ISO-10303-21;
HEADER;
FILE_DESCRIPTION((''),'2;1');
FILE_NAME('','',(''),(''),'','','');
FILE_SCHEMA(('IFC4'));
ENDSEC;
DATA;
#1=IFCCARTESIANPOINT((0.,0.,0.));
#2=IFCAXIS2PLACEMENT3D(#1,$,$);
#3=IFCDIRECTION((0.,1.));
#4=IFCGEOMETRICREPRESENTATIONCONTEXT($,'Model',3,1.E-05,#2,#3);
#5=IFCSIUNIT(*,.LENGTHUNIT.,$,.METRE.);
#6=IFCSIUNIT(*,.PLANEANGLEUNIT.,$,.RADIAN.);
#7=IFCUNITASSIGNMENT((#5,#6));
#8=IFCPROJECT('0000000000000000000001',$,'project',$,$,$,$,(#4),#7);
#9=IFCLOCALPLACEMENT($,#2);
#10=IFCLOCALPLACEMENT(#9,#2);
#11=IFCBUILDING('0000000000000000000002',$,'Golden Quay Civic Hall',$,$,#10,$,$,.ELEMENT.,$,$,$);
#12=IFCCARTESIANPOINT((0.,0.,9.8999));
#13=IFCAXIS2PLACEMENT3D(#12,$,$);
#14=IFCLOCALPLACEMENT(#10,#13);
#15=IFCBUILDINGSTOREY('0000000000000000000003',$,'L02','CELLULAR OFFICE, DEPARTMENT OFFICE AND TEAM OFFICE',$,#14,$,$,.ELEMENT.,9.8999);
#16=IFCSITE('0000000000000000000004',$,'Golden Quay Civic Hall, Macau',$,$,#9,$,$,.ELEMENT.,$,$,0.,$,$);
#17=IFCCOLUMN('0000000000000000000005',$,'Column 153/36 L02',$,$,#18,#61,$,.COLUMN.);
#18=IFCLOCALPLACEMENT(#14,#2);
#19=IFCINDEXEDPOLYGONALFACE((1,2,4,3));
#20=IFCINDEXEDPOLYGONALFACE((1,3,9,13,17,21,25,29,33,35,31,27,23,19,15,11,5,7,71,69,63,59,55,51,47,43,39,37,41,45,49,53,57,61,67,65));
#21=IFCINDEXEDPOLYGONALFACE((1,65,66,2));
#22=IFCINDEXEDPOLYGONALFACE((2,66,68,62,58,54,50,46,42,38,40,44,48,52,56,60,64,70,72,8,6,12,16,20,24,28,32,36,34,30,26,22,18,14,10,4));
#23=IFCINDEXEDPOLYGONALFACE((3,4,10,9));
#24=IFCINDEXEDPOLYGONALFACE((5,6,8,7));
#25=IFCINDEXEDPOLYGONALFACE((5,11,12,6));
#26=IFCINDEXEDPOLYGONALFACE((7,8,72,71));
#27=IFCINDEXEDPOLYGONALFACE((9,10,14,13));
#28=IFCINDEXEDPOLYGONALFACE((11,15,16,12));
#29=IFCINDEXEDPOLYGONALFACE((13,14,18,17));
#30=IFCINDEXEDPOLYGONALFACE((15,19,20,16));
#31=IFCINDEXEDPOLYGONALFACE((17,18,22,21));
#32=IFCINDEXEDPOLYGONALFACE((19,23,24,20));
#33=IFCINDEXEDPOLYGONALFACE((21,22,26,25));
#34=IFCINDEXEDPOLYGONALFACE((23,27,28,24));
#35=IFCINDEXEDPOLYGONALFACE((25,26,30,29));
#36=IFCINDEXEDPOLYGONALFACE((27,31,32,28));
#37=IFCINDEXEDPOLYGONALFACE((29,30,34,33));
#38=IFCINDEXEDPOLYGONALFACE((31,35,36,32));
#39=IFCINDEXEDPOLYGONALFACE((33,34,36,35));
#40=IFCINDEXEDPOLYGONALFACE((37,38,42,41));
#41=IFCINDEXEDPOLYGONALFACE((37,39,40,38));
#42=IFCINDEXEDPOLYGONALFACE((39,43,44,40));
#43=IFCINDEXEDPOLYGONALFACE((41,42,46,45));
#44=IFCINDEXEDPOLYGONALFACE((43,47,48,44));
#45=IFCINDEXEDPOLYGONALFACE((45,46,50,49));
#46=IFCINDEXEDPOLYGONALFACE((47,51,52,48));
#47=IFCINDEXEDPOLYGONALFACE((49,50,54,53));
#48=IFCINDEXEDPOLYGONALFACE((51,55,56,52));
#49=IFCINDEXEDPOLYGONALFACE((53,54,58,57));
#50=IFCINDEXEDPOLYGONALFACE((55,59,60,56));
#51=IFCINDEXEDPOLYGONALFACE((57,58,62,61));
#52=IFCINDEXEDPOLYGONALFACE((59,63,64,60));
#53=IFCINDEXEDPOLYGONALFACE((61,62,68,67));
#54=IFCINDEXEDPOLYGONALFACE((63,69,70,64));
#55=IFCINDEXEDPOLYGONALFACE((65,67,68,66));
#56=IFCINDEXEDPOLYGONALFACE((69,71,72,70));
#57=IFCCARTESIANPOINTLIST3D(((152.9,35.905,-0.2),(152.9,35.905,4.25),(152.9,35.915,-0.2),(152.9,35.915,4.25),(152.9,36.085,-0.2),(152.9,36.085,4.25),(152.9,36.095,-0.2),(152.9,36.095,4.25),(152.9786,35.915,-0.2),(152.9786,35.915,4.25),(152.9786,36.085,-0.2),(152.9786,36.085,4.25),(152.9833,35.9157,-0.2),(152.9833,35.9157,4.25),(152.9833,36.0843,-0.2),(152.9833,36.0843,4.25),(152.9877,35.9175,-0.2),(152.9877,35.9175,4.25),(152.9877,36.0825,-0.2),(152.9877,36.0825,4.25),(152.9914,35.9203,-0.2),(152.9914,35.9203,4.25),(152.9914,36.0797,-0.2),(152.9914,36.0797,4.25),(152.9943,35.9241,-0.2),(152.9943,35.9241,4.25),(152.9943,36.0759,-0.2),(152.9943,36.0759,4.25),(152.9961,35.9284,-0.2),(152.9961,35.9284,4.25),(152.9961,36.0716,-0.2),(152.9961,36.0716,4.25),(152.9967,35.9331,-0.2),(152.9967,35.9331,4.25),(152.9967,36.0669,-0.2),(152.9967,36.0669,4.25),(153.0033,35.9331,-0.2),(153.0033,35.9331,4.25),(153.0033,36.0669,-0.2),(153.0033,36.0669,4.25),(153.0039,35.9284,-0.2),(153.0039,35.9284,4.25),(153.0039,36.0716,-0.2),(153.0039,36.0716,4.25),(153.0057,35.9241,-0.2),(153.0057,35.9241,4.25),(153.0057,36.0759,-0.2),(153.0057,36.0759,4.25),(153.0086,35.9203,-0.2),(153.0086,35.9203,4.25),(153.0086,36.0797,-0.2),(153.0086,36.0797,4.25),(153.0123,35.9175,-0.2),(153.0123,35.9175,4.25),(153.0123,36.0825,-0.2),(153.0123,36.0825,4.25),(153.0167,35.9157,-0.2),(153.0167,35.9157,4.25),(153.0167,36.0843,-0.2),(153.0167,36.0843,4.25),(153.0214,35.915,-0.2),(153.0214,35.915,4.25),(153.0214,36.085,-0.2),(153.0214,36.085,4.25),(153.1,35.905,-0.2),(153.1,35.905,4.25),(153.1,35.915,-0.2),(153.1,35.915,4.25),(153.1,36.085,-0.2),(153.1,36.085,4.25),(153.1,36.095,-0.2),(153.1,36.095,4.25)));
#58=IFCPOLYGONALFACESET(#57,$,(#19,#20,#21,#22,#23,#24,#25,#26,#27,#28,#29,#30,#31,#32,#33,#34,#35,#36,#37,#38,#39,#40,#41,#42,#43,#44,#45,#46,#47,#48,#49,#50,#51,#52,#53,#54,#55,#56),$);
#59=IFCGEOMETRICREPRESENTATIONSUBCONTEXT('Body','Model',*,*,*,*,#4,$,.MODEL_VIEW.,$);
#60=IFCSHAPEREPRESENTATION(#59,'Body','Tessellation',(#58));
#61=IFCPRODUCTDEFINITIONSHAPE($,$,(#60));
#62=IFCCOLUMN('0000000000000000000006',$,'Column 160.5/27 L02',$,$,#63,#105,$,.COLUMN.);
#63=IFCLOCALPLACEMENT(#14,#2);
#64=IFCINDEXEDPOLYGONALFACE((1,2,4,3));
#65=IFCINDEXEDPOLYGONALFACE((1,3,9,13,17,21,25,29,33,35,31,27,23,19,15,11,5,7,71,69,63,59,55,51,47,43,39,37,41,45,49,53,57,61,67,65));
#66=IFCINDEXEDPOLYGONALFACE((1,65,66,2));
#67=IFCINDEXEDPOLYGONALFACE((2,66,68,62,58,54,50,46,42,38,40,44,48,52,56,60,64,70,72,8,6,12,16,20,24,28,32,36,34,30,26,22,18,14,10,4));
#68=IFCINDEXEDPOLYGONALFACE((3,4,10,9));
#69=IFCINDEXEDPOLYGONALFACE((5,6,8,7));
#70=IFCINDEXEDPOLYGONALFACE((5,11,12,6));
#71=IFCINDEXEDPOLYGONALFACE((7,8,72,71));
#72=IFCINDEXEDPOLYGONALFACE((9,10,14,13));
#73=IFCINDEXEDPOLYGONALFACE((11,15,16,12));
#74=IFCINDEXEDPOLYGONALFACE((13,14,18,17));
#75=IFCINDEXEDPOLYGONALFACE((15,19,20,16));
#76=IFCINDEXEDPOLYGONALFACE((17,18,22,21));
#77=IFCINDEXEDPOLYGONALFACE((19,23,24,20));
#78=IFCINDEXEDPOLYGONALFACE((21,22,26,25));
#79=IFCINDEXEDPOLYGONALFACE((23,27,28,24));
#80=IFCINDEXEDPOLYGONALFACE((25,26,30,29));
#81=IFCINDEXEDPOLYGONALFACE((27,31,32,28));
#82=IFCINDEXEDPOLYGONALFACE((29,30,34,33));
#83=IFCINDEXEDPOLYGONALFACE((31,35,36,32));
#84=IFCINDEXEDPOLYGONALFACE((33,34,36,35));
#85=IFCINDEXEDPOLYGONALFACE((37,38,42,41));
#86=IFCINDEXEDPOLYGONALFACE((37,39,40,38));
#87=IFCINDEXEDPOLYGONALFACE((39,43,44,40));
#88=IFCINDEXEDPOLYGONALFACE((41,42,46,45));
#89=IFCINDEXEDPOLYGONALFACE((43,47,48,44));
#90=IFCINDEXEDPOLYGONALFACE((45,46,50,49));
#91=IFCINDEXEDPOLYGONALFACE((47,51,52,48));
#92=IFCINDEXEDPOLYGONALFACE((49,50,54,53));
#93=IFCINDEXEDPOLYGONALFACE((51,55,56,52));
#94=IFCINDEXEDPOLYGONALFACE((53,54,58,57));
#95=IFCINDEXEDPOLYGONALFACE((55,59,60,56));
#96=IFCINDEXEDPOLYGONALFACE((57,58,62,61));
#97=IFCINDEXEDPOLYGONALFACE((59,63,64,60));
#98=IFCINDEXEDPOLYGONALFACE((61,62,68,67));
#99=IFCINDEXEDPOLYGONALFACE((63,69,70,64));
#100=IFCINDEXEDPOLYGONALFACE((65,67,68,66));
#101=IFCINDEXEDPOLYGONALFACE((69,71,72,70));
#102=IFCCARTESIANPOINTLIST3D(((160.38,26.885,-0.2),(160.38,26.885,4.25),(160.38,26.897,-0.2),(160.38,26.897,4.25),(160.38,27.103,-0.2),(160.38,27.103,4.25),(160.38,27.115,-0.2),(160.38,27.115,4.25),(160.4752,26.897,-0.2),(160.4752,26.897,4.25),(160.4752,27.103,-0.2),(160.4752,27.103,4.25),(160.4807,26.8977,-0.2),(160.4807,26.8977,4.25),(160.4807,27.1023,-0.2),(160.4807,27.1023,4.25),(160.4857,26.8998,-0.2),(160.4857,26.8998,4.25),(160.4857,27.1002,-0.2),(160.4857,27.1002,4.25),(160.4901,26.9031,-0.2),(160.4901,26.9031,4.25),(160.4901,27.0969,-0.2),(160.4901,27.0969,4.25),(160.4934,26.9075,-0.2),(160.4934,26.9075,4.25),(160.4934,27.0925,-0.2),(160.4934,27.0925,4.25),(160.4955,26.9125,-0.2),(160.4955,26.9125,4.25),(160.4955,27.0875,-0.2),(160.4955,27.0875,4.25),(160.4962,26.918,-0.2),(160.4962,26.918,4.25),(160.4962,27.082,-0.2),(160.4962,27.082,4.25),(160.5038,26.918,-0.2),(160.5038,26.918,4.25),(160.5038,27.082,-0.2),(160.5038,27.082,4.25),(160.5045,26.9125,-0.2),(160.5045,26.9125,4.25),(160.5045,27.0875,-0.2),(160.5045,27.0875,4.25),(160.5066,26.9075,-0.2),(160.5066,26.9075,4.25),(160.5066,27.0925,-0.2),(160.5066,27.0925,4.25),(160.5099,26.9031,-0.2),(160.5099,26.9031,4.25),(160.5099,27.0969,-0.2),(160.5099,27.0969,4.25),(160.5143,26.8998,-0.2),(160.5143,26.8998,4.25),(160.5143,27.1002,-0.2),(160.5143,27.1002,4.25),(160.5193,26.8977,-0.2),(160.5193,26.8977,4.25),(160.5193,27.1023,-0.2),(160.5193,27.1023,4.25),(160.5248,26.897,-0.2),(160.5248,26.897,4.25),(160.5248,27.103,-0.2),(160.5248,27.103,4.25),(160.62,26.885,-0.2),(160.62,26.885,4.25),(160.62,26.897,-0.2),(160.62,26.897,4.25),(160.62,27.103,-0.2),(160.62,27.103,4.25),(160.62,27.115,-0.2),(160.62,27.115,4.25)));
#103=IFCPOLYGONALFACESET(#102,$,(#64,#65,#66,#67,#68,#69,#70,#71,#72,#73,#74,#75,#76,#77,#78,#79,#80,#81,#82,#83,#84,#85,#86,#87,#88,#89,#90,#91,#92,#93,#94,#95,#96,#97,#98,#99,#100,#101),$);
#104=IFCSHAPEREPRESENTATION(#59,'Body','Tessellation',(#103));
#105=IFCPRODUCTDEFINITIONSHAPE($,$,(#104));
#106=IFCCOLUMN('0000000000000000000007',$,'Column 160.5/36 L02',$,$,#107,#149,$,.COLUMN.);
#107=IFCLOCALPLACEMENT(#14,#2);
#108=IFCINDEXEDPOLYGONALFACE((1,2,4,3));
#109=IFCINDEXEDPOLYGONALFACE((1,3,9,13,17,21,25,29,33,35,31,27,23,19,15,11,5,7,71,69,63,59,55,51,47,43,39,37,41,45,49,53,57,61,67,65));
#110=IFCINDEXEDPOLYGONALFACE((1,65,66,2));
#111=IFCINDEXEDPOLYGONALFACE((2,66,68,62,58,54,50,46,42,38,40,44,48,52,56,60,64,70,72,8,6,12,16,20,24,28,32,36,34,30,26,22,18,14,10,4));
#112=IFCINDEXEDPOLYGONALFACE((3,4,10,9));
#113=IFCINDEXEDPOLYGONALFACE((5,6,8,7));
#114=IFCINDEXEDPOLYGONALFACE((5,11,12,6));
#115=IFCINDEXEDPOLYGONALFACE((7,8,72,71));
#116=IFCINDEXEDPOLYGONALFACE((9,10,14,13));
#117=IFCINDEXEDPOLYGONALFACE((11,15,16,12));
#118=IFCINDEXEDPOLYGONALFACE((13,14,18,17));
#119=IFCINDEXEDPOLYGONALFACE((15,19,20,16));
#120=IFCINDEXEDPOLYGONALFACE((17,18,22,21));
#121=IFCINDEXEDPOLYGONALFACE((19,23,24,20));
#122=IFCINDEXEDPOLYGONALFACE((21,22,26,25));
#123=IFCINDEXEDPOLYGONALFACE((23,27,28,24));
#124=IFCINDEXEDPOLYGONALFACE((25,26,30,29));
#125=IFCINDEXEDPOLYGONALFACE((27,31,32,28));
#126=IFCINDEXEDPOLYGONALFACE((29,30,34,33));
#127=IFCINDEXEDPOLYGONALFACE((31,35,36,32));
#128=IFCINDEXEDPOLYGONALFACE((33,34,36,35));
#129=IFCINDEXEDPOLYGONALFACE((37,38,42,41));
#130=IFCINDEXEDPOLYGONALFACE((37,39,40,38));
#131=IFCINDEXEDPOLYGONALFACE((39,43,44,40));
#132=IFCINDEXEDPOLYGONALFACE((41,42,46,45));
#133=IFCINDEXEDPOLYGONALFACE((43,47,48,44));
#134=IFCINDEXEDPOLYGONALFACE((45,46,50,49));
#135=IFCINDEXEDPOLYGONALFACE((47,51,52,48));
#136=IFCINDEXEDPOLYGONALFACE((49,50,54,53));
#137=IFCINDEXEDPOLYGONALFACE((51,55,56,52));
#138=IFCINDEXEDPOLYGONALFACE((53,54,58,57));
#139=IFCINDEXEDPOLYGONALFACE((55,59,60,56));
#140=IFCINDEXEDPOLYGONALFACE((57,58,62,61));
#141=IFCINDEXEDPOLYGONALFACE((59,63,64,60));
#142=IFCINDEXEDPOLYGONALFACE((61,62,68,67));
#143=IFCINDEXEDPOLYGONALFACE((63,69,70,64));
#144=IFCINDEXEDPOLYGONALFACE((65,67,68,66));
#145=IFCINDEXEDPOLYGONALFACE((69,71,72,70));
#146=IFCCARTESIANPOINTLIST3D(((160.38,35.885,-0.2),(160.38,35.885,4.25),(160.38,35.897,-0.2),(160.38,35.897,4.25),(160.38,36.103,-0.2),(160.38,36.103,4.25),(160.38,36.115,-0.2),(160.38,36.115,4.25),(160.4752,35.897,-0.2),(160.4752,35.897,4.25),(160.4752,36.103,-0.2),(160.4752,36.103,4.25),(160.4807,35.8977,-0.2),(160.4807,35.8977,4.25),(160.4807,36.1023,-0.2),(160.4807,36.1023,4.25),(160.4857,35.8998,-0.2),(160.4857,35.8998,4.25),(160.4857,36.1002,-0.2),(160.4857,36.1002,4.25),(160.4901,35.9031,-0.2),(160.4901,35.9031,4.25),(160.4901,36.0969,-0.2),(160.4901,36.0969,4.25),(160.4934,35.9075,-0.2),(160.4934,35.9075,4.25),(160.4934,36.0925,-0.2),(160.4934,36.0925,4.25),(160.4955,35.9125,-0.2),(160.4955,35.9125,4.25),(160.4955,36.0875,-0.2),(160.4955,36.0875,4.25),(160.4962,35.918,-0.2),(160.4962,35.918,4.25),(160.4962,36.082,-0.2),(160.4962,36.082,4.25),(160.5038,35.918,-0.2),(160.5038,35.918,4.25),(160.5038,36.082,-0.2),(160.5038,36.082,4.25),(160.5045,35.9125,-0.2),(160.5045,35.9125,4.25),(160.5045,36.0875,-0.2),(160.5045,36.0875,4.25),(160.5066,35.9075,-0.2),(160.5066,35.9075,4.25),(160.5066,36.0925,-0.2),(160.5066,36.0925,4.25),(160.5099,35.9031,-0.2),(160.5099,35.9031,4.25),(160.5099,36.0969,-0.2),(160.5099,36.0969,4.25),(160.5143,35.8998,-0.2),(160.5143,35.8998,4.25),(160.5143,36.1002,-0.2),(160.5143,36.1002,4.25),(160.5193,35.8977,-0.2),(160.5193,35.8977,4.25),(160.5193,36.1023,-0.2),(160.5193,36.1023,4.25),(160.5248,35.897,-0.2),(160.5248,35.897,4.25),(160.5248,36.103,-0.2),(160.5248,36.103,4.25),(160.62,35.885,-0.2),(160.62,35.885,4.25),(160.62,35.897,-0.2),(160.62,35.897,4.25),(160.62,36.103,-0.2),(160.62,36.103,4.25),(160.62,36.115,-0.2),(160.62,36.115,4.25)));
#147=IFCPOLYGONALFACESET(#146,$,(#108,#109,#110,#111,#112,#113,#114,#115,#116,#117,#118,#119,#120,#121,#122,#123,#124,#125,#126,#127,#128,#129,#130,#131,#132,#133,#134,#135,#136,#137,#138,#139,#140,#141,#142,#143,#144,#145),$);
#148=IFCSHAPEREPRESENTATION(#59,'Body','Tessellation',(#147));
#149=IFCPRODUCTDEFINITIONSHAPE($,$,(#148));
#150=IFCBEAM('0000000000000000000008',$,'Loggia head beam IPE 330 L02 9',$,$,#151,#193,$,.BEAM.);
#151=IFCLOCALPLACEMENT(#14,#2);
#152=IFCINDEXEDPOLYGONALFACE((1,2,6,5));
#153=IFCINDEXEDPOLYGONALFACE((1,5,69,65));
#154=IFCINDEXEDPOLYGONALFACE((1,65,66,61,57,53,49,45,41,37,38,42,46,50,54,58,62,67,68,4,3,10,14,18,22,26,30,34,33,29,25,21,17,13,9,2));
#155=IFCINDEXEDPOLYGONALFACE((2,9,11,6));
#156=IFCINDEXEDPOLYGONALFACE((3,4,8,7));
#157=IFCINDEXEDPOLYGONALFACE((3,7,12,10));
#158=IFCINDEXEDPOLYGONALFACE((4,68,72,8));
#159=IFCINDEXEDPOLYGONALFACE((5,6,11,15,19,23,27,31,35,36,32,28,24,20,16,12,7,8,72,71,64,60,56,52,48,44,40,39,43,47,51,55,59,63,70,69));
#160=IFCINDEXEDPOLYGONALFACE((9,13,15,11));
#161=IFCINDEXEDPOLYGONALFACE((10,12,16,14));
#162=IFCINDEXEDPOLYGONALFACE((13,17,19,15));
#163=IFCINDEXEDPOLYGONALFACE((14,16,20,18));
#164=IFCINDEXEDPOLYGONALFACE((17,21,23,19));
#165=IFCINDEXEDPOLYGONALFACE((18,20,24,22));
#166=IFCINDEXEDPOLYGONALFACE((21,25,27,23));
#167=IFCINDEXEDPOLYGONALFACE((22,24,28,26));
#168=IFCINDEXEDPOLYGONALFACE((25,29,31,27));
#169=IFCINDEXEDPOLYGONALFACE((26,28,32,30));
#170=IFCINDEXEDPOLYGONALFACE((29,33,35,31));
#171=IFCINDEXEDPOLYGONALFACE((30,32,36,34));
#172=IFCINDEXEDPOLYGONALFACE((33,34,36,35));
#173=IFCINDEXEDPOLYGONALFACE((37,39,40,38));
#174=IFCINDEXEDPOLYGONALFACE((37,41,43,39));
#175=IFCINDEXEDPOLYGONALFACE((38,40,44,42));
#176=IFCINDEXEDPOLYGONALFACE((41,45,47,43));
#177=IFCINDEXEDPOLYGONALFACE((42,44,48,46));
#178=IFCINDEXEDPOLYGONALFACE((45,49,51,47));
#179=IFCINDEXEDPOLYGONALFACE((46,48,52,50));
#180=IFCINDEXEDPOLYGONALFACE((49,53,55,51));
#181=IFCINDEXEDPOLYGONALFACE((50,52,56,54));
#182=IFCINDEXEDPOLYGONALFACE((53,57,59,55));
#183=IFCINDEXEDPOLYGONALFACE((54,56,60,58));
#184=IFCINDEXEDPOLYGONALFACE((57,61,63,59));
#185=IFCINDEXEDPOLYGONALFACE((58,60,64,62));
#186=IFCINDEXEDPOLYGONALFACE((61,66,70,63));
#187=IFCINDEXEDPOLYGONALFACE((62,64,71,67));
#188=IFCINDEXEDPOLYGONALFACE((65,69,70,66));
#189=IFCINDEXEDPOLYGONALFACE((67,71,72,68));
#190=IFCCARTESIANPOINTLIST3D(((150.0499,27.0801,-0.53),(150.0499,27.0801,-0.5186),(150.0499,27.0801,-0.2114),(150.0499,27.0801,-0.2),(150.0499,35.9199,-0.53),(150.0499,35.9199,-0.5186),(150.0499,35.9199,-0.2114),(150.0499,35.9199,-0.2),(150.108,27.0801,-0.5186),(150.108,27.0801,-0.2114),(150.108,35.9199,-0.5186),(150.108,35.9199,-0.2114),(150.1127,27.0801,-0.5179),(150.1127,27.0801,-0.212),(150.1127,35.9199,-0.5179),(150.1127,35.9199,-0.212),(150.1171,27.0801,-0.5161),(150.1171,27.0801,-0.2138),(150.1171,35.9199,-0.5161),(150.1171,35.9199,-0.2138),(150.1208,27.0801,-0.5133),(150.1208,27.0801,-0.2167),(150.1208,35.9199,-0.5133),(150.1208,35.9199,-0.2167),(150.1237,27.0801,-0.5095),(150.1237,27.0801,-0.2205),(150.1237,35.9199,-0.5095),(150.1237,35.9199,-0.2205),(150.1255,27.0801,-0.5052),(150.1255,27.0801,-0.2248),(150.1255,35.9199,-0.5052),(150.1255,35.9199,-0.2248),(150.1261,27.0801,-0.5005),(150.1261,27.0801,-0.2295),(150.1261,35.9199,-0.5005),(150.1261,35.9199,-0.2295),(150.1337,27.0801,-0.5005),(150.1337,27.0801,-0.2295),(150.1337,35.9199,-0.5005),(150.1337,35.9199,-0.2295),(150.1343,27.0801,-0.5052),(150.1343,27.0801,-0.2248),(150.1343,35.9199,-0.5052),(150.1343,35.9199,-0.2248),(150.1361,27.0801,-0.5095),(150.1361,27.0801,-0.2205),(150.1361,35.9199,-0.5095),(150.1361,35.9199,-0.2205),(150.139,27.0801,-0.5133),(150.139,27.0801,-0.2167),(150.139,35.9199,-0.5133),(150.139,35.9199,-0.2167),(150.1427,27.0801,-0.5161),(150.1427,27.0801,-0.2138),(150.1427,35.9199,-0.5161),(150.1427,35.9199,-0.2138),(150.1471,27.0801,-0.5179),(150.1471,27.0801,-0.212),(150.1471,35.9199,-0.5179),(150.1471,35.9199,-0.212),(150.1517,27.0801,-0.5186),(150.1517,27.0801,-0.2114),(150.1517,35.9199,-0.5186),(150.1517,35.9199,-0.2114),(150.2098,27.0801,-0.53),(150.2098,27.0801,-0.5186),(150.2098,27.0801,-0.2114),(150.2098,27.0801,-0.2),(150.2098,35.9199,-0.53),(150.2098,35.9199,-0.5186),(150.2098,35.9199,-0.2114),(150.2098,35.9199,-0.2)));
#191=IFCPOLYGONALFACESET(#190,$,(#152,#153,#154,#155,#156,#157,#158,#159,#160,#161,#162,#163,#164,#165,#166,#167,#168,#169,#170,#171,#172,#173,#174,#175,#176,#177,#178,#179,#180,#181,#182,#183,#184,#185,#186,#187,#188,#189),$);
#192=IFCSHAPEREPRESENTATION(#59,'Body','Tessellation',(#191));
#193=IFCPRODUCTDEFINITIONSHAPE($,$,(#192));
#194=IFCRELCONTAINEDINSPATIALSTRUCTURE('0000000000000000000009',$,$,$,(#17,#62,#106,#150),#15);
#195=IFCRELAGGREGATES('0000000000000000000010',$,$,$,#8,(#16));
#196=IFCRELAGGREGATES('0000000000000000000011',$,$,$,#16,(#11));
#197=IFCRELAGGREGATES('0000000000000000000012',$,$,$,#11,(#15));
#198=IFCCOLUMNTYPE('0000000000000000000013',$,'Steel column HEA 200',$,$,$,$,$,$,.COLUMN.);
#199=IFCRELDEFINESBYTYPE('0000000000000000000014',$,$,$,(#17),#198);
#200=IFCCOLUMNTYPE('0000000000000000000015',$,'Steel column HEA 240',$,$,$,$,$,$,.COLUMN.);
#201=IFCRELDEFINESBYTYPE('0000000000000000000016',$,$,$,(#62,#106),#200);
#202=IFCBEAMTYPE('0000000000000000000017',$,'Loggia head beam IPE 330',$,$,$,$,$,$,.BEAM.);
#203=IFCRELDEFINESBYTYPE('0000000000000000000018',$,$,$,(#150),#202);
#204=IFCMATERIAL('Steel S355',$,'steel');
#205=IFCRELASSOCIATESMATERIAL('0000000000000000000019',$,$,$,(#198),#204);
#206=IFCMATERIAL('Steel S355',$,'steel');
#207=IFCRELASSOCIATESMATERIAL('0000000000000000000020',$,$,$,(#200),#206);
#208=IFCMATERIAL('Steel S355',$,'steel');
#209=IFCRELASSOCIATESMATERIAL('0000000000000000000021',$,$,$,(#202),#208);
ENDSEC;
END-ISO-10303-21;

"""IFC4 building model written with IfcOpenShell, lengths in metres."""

from ifc_helpers import new_model, si_unit, direction, frame, origin, origin_2d, place, context, subcontext, project, spatial, i_section, extrude, material, material_profile, profile_set, type_object, element, save


model = new_model("IFC4")

# Units and contexts
model_context = context("Model", 3, precision=1e-05, world=origin(), true_north=direction((0.0, 1.0)))
body_context = subcontext(model_context, "Body", "Model", "MODEL_VIEW")
ifc_project = project(units=[si_unit("LENGTHUNIT", "METRE"), si_unit("PLANEANGLEUNIT", "RADIAN")], contexts=[model_context])

# Site, building, storey
site_placement = place(None, origin())
site = spatial("IfcSite", under=ifc_project, at=site_placement, Name="Golden Quay Civic Hall, Macau", CompositionType="ELEMENT", RefElevation=0.0)
building_placement = place(site_placement, origin())
building = spatial("IfcBuilding", under=site, at=building_placement, Name="Golden Quay Civic Hall", CompositionType="ELEMENT")
storey_placement = place(building_placement, frame((0.0, 0.0, 9.8999)))
storey = spatial("IfcBuildingStorey", under=building, at=storey_placement, Name="L02", Description="CELLULAR OFFICE, DEPARTMENT OFFICE AND TEAM OFFICE", CompositionType="ELEMENT", Elevation=9.8999)

# Columns
ifc_material_1 = material(Name="Steel S355", Category="steel")
ifc_material_profile_1 = material_profile(ifc_material_1, i_section(OverallWidth=0.2, OverallDepth=0.1899, WebThickness=0.0066, FlangeThickness=0.01, FilletRadius=0.0181, at=origin_2d()), Name="HEA 200")
ifc_profile_set_1 = profile_set([ifc_material_profile_1], Name="Steel S355")
column_type_1 = type_object("IfcColumnType", Name="Steel column HEA 200", PredefinedType="COLUMN", material=ifc_profile_set_1)
column_placement = place(storey_placement, frame((153.0, 36.0, -0.2), z_axis=(0.0, 0.0, 1.0), x_axis=(1.0, 0.0, 0.0)))
element("IfcColumn", 1, at=column_placement, inside=storey, type_object=column_type_1, Name="Column 153/36 L02", PredefinedType="COLUMN", context=body_context, shape_type="SweptSolid", body=[
    extrude(i_section(OverallWidth=0.2, OverallDepth=0.1899, WebThickness=0.0066, FlangeThickness=0.01, FilletRadius=0.0181, at=origin_2d()), origin(), (0.0, 0.0, 1.0), 4.45),
])
ifc_material_2 = material(Name="Steel S355", Category="steel")
ifc_material_profile_2 = material_profile(ifc_material_2, i_section(OverallWidth=0.24, OverallDepth=0.23, WebThickness=0.0076, FlangeThickness=0.012, FilletRadius=0.021, at=origin_2d()), Name="HEA 240")
ifc_profile_set_2 = profile_set([ifc_material_profile_2], Name="Steel S355")
column_type_2 = type_object("IfcColumnType", Name="Steel column HEA 240", PredefinedType="COLUMN", material=ifc_profile_set_2)
for number, where, z_axis, x_axis, name in (
    (2, (160.5, 27.0, -0.2), (0.0, 0.0, 1.0), (1.0, 0.0, 0.0), "Column 160.5/27 L02"),
    (3, (160.5, 36.0, -0.2), (0.0, 0.0, 1.0), (1.0, 0.0, 0.0), "Column 160.5/36 L02"),
):
    element("IfcColumn", number, at=place(storey_placement, frame(where, z_axis=z_axis, x_axis=x_axis)), inside=storey, type_object=column_type_2, Name=name, PredefinedType="COLUMN", context=body_context, shape_type="SweptSolid", body=[
        extrude(i_section(OverallWidth=0.24, OverallDepth=0.23, WebThickness=0.0076, FlangeThickness=0.012, FilletRadius=0.021, at=origin_2d()), origin(), (0.0, 0.0, 1.0), 4.45),
    ])

# Beam
ifc_material_3 = material(Name="Steel S355", Category="steel")
ifc_material_profile_3 = material_profile(ifc_material_3, i_section(OverallWidth=0.1599, OverallDepth=0.3301, WebThickness=0.0076, FlangeThickness=0.0115, FilletRadius=0.0181, at=origin_2d()), Name="IPE 330")
ifc_profile_set_3 = profile_set([ifc_material_profile_3], Name="Steel S355")
beam_type_1 = type_object("IfcBeamType", Name="Loggia head beam IPE 330", PredefinedType="BEAM", material=ifc_profile_set_3)
beam_1_placement = place(storey_placement, frame((150.1299, 27.0801, -0.365), z_axis=(0.0, 1.0, 0.0), x_axis=(-1.0, 0.0, 0.0)))
element("IfcBeam", 4, at=beam_1_placement, inside=storey, type_object=beam_type_1, Name="Loggia head beam IPE 330 L02 9", PredefinedType="BEAM", context=body_context, shape_type="SweptSolid", body=[
    extrude(i_section(OverallWidth=0.1599, OverallDepth=0.3301, WebThickness=0.0076, FlangeThickness=0.0115, FilletRadius=0.0181, at=origin_2d()), origin(), (0.0, 0.0, 1.0), 8.8398),
])

save(model, "model.ifc")
